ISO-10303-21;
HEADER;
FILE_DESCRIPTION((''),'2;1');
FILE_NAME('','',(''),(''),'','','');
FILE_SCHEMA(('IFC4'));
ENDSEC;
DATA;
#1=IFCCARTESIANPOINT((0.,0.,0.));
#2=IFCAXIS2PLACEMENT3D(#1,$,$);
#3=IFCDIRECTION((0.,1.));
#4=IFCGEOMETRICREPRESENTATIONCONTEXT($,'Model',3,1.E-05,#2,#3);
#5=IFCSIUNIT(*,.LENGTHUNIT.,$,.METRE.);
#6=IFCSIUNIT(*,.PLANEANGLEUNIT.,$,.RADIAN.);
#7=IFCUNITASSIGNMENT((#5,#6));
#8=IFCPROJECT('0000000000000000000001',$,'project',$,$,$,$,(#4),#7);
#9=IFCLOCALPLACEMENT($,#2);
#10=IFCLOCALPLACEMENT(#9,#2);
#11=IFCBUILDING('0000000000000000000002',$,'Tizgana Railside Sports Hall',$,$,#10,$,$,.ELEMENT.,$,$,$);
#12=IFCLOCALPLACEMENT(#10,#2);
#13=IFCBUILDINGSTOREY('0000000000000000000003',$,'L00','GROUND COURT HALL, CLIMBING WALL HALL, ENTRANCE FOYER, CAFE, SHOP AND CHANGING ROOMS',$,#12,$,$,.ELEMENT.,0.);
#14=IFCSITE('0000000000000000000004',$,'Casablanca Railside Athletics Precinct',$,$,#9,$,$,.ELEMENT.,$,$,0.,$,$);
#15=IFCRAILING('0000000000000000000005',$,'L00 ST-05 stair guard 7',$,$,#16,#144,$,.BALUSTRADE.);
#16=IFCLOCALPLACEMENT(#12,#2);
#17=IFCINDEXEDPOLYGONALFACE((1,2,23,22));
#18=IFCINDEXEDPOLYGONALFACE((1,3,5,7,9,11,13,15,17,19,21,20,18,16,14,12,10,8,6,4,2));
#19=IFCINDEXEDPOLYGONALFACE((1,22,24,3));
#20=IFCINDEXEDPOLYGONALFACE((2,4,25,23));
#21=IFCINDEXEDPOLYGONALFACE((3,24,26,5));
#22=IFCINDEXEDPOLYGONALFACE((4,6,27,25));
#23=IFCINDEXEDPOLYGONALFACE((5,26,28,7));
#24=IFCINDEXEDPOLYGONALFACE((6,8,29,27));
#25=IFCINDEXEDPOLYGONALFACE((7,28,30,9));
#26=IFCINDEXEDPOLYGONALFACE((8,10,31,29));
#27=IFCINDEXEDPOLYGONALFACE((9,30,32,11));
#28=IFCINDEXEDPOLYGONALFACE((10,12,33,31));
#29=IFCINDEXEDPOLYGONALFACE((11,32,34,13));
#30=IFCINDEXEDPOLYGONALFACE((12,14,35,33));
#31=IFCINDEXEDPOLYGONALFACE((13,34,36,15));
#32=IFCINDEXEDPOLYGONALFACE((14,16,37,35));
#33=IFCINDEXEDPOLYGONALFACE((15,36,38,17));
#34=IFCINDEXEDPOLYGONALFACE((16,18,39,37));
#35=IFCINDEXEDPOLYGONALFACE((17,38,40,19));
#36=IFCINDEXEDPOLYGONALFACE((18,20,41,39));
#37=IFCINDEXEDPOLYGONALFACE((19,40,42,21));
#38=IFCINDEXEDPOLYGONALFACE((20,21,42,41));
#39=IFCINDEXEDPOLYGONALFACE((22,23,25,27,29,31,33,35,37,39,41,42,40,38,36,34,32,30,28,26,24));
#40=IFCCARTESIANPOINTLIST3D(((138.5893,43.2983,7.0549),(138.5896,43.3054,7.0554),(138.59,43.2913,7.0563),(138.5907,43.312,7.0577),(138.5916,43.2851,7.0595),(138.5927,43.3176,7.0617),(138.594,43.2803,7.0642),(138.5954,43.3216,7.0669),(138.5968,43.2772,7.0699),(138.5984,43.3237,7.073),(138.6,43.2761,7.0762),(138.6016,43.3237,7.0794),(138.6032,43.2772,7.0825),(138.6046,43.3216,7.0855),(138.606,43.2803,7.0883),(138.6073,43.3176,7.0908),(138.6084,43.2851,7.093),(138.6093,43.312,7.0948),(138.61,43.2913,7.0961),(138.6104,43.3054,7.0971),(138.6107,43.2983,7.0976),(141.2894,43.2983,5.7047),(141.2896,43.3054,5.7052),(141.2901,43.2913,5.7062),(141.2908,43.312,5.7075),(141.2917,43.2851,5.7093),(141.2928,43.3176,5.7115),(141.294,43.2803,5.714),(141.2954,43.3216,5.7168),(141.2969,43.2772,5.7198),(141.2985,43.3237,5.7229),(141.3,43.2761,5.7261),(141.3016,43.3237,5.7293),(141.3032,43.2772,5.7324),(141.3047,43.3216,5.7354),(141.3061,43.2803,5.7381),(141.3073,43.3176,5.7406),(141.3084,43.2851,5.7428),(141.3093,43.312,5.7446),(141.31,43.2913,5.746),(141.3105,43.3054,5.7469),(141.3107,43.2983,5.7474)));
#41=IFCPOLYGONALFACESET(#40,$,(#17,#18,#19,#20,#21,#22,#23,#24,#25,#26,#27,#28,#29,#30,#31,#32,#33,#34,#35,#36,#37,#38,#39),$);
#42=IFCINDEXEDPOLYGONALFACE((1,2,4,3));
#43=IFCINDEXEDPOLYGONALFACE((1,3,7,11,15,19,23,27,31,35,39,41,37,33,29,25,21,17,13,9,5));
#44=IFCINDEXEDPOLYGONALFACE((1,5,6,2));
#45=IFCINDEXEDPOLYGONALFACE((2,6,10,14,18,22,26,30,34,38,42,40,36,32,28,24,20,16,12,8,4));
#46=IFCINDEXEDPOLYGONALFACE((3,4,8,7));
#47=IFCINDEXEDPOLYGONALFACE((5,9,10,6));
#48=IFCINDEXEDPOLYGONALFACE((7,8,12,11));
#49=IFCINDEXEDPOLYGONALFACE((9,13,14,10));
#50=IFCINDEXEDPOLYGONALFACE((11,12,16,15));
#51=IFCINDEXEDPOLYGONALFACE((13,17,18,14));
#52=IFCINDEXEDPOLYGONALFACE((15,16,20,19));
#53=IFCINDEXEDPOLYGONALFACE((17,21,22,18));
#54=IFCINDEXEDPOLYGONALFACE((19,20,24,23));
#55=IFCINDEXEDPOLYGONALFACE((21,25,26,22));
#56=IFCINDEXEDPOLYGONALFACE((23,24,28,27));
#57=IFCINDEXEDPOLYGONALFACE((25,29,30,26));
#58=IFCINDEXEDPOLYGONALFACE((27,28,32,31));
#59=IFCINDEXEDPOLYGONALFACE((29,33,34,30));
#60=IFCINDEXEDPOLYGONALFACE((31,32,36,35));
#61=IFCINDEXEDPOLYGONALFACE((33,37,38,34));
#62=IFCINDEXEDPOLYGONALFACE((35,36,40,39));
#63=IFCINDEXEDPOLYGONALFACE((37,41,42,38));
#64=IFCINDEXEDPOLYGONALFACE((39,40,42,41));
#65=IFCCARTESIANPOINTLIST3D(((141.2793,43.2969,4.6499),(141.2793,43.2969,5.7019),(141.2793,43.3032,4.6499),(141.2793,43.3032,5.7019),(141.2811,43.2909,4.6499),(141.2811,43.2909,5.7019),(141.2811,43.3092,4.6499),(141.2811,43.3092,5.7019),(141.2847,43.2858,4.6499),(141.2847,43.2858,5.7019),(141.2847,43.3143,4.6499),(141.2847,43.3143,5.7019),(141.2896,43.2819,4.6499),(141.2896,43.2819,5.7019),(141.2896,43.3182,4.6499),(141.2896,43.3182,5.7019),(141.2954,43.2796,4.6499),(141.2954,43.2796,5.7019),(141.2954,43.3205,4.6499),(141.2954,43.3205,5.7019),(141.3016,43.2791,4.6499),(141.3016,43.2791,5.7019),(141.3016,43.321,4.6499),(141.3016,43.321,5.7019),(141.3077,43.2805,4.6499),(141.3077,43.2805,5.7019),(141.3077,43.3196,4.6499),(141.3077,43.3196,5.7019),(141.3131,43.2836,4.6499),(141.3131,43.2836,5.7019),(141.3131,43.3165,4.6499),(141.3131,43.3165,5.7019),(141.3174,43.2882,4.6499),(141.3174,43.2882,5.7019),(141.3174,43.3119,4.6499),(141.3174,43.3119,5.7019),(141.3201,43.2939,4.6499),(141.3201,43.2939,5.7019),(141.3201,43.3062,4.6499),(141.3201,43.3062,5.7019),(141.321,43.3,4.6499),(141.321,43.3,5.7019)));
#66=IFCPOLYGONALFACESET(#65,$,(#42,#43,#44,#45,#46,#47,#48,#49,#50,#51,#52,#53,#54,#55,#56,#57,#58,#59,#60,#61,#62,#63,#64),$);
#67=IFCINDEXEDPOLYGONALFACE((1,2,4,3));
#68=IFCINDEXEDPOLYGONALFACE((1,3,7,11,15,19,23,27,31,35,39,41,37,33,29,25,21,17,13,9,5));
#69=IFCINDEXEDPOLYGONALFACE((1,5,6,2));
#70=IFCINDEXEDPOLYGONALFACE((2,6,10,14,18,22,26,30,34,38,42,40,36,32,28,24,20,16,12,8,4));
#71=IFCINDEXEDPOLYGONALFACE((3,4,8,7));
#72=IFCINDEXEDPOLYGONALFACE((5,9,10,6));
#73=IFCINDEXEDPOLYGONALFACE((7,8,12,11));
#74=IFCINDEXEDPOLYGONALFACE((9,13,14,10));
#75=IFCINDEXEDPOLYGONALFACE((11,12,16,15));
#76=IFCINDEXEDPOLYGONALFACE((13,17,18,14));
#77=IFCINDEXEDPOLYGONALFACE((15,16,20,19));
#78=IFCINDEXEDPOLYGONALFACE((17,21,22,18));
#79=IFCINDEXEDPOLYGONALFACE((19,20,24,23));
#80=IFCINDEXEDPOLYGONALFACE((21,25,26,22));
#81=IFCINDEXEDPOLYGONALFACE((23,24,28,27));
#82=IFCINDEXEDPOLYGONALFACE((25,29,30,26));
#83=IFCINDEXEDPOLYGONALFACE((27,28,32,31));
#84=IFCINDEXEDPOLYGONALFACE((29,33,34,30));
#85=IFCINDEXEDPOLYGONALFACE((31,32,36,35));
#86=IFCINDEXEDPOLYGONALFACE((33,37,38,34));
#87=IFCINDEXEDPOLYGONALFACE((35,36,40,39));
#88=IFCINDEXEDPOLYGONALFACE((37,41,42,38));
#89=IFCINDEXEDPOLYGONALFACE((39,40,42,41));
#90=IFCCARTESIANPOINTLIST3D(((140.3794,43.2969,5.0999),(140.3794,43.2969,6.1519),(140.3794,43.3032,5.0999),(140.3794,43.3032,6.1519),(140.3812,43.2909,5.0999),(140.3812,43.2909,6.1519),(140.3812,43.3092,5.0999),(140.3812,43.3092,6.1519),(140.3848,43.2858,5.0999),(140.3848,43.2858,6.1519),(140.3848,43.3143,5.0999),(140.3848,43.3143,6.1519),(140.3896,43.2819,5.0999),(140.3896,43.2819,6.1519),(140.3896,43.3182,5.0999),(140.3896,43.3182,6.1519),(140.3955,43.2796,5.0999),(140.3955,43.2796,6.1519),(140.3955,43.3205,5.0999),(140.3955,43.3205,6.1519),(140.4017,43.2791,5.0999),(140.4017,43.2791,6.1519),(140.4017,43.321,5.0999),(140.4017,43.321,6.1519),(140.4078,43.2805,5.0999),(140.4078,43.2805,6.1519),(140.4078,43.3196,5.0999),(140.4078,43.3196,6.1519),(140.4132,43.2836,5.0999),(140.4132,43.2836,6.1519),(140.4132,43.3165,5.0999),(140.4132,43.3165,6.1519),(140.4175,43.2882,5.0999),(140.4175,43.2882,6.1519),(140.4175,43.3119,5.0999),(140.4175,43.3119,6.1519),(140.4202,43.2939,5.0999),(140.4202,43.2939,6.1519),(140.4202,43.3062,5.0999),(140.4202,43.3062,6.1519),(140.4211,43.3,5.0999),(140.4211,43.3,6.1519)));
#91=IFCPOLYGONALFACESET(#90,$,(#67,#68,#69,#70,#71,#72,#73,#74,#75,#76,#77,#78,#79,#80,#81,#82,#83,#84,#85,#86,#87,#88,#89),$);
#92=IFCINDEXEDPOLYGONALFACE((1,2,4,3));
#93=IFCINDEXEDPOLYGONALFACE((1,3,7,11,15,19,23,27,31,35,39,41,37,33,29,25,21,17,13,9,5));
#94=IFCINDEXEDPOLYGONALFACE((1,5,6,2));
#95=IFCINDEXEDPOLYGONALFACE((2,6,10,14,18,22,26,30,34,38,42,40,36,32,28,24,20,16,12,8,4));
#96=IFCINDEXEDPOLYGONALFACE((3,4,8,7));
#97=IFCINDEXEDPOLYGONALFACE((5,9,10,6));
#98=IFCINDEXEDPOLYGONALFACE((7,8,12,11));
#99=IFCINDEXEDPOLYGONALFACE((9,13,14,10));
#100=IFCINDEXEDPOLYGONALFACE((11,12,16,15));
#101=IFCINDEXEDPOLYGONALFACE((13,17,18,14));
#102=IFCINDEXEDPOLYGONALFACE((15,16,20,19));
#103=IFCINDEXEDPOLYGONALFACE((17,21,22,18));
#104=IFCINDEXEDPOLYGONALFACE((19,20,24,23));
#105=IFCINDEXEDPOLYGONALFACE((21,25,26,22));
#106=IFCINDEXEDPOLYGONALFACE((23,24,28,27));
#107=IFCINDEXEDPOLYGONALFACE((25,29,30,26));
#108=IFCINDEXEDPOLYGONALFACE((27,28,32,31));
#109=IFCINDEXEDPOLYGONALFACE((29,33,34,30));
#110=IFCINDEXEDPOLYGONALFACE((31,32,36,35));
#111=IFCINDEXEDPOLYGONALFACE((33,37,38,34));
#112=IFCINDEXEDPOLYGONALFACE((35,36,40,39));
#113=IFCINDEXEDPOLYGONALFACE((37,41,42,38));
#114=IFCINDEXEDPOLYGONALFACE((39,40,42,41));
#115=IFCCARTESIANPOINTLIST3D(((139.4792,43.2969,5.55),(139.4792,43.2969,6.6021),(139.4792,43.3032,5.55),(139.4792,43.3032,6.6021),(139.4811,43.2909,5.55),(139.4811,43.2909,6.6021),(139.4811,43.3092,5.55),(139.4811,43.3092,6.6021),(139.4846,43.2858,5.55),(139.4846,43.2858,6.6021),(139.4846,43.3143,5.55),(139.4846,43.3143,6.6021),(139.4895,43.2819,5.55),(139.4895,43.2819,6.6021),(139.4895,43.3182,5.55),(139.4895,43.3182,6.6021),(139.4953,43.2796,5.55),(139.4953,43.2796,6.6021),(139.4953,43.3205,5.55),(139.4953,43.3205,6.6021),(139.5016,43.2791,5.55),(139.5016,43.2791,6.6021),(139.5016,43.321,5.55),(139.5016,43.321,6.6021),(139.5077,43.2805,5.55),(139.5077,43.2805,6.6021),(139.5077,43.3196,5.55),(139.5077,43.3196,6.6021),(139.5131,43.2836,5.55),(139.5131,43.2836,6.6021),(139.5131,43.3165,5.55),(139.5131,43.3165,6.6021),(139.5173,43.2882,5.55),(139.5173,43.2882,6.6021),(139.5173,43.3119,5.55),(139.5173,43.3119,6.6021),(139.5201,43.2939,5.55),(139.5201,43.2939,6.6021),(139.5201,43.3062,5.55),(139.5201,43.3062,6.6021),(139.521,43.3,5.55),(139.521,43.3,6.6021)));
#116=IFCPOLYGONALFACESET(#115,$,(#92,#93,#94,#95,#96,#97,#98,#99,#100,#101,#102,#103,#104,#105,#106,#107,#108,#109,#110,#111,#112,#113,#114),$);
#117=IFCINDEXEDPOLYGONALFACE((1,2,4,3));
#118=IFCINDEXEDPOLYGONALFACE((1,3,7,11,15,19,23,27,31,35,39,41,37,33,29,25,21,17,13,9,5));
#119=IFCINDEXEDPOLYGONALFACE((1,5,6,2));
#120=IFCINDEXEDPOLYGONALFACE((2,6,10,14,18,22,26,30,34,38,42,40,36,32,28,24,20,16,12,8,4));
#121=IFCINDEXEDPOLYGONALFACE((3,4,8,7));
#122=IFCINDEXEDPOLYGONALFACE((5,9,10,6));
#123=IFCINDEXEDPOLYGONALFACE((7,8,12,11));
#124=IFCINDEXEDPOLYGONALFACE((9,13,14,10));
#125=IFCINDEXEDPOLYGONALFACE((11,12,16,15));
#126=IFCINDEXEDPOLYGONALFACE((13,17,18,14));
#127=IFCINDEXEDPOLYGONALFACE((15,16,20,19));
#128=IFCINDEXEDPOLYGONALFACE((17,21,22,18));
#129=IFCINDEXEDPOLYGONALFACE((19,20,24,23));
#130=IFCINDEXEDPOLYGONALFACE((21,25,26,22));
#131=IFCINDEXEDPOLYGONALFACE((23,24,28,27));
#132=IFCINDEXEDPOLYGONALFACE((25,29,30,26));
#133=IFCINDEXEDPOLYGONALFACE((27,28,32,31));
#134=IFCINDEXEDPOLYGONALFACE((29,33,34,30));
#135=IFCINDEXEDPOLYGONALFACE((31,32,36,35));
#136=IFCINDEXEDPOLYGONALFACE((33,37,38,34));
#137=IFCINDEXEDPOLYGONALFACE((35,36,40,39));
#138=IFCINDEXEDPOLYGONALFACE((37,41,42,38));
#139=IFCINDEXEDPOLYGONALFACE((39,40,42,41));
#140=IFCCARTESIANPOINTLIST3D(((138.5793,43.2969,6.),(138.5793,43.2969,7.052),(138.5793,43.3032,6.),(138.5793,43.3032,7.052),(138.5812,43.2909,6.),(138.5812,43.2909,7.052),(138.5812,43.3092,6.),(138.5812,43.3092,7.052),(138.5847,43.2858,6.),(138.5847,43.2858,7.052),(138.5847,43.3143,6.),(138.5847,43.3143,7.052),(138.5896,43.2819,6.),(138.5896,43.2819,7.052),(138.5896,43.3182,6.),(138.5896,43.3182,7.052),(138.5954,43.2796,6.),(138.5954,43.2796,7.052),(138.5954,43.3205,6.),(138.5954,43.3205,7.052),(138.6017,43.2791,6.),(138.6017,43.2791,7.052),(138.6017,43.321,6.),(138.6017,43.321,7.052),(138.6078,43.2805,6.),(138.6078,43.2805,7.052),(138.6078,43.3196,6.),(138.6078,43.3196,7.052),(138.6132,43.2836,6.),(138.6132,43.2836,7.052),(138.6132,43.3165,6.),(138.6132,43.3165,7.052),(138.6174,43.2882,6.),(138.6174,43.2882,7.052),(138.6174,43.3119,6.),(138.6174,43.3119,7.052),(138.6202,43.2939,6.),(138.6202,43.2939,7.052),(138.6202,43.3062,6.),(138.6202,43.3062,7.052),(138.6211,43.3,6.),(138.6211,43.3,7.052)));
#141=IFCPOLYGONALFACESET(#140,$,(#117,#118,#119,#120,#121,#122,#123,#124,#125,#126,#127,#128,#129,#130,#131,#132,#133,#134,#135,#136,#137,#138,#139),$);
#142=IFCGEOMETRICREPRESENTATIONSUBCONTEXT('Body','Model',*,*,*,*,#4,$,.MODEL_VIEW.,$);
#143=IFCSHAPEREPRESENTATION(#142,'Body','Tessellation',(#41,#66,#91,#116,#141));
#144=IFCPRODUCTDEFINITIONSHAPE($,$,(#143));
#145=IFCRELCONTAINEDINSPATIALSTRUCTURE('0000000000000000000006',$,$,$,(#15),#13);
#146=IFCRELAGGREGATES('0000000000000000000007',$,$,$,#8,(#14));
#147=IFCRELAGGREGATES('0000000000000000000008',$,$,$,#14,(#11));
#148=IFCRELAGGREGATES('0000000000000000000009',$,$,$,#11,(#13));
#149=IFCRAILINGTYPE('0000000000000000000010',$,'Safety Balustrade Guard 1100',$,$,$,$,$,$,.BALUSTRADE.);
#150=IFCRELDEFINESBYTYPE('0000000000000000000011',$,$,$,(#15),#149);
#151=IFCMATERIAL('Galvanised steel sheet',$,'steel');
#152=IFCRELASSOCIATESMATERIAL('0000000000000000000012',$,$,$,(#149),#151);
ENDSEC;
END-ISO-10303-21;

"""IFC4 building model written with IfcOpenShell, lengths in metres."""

from ifc_helpers import new_model, si_unit, direction, frame, origin, origin_2d, place, context, subcontext, project, spatial, circle, extrude, material, type_object, element, save


model = new_model("IFC4")

# Units and contexts
model_context = context("Model", 3, precision=1e-05, world=origin(), true_north=direction((0.0, 1.0)))
body_context = subcontext(model_context, "Body", "Model", "MODEL_VIEW")
ifc_project = project(units=[si_unit("LENGTHUNIT", "METRE"), si_unit("PLANEANGLEUNIT", "RADIAN")], contexts=[model_context])

# Site, building, storey
site_placement = place(None, origin())
site = spatial("IfcSite", under=ifc_project, at=site_placement, Name="Casablanca Railside Athletics Precinct", CompositionType="ELEMENT", RefElevation=0.0)
building_placement = place(site_placement, origin())
building = spatial("IfcBuilding", under=site, at=building_placement, Name="Tizgana Railside Sports Hall", CompositionType="ELEMENT")
storey_placement = place(building_placement, origin())
storey = spatial("IfcBuildingStorey", under=building, at=storey_placement, Name="L00", Description="GROUND COURT HALL, CLIMBING WALL HALL, ENTRANCE FOYER, CAFE, SHOP AND CHANGING ROOMS", CompositionType="ELEMENT", Elevation=0.0)

# Railing
ifc_material_1 = material(Name="Galvanised steel sheet", Category="steel")
railing_type_1 = type_object("IfcRailingType", Name="Safety Balustrade Guard 1100", PredefinedType="BALUSTRADE", material=ifc_material_1)
railing_1_placement = place(storey_placement, frame((141.3, 43.3, 4.6499)))
element("IfcRailing", 1, at=railing_1_placement, inside=storey, type_object=railing_type_1, Name="L00 ST-05 stair guard 7", PredefinedType="BALUSTRADE", context=body_context, shape_type="SweptSolid", body=[
    extrude(circle(Radius=0.0239, at=origin_2d()), frame((0.0, 0.0, 1.0762), z_axis=(-0.894411, 0.0, 0.447246), x_axis=(0.0, -1.0, 0.0)), (0.0, 0.0, 1.0), 3.0188),
    extrude(circle(Radius=0.021, at=origin_2d()), origin(), (0.0, 0.0, 1.0), 1.052),
    extrude(circle(Radius=0.021, at=origin_2d()), frame((-0.8999, 0.0, 0.45)), (0.0, 0.0, 1.0), 1.052),
    extrude(circle(Radius=0.021, at=origin_2d()), frame((-1.8, 0.0, 0.9001)), (0.0, 0.0, 1.0), 1.052),
    extrude(circle(Radius=0.021, at=origin_2d()), frame((-2.7, 0.0, 1.3501)), (0.0, 0.0, 1.0), 1.052),
])

save(model, "model.ifc")
